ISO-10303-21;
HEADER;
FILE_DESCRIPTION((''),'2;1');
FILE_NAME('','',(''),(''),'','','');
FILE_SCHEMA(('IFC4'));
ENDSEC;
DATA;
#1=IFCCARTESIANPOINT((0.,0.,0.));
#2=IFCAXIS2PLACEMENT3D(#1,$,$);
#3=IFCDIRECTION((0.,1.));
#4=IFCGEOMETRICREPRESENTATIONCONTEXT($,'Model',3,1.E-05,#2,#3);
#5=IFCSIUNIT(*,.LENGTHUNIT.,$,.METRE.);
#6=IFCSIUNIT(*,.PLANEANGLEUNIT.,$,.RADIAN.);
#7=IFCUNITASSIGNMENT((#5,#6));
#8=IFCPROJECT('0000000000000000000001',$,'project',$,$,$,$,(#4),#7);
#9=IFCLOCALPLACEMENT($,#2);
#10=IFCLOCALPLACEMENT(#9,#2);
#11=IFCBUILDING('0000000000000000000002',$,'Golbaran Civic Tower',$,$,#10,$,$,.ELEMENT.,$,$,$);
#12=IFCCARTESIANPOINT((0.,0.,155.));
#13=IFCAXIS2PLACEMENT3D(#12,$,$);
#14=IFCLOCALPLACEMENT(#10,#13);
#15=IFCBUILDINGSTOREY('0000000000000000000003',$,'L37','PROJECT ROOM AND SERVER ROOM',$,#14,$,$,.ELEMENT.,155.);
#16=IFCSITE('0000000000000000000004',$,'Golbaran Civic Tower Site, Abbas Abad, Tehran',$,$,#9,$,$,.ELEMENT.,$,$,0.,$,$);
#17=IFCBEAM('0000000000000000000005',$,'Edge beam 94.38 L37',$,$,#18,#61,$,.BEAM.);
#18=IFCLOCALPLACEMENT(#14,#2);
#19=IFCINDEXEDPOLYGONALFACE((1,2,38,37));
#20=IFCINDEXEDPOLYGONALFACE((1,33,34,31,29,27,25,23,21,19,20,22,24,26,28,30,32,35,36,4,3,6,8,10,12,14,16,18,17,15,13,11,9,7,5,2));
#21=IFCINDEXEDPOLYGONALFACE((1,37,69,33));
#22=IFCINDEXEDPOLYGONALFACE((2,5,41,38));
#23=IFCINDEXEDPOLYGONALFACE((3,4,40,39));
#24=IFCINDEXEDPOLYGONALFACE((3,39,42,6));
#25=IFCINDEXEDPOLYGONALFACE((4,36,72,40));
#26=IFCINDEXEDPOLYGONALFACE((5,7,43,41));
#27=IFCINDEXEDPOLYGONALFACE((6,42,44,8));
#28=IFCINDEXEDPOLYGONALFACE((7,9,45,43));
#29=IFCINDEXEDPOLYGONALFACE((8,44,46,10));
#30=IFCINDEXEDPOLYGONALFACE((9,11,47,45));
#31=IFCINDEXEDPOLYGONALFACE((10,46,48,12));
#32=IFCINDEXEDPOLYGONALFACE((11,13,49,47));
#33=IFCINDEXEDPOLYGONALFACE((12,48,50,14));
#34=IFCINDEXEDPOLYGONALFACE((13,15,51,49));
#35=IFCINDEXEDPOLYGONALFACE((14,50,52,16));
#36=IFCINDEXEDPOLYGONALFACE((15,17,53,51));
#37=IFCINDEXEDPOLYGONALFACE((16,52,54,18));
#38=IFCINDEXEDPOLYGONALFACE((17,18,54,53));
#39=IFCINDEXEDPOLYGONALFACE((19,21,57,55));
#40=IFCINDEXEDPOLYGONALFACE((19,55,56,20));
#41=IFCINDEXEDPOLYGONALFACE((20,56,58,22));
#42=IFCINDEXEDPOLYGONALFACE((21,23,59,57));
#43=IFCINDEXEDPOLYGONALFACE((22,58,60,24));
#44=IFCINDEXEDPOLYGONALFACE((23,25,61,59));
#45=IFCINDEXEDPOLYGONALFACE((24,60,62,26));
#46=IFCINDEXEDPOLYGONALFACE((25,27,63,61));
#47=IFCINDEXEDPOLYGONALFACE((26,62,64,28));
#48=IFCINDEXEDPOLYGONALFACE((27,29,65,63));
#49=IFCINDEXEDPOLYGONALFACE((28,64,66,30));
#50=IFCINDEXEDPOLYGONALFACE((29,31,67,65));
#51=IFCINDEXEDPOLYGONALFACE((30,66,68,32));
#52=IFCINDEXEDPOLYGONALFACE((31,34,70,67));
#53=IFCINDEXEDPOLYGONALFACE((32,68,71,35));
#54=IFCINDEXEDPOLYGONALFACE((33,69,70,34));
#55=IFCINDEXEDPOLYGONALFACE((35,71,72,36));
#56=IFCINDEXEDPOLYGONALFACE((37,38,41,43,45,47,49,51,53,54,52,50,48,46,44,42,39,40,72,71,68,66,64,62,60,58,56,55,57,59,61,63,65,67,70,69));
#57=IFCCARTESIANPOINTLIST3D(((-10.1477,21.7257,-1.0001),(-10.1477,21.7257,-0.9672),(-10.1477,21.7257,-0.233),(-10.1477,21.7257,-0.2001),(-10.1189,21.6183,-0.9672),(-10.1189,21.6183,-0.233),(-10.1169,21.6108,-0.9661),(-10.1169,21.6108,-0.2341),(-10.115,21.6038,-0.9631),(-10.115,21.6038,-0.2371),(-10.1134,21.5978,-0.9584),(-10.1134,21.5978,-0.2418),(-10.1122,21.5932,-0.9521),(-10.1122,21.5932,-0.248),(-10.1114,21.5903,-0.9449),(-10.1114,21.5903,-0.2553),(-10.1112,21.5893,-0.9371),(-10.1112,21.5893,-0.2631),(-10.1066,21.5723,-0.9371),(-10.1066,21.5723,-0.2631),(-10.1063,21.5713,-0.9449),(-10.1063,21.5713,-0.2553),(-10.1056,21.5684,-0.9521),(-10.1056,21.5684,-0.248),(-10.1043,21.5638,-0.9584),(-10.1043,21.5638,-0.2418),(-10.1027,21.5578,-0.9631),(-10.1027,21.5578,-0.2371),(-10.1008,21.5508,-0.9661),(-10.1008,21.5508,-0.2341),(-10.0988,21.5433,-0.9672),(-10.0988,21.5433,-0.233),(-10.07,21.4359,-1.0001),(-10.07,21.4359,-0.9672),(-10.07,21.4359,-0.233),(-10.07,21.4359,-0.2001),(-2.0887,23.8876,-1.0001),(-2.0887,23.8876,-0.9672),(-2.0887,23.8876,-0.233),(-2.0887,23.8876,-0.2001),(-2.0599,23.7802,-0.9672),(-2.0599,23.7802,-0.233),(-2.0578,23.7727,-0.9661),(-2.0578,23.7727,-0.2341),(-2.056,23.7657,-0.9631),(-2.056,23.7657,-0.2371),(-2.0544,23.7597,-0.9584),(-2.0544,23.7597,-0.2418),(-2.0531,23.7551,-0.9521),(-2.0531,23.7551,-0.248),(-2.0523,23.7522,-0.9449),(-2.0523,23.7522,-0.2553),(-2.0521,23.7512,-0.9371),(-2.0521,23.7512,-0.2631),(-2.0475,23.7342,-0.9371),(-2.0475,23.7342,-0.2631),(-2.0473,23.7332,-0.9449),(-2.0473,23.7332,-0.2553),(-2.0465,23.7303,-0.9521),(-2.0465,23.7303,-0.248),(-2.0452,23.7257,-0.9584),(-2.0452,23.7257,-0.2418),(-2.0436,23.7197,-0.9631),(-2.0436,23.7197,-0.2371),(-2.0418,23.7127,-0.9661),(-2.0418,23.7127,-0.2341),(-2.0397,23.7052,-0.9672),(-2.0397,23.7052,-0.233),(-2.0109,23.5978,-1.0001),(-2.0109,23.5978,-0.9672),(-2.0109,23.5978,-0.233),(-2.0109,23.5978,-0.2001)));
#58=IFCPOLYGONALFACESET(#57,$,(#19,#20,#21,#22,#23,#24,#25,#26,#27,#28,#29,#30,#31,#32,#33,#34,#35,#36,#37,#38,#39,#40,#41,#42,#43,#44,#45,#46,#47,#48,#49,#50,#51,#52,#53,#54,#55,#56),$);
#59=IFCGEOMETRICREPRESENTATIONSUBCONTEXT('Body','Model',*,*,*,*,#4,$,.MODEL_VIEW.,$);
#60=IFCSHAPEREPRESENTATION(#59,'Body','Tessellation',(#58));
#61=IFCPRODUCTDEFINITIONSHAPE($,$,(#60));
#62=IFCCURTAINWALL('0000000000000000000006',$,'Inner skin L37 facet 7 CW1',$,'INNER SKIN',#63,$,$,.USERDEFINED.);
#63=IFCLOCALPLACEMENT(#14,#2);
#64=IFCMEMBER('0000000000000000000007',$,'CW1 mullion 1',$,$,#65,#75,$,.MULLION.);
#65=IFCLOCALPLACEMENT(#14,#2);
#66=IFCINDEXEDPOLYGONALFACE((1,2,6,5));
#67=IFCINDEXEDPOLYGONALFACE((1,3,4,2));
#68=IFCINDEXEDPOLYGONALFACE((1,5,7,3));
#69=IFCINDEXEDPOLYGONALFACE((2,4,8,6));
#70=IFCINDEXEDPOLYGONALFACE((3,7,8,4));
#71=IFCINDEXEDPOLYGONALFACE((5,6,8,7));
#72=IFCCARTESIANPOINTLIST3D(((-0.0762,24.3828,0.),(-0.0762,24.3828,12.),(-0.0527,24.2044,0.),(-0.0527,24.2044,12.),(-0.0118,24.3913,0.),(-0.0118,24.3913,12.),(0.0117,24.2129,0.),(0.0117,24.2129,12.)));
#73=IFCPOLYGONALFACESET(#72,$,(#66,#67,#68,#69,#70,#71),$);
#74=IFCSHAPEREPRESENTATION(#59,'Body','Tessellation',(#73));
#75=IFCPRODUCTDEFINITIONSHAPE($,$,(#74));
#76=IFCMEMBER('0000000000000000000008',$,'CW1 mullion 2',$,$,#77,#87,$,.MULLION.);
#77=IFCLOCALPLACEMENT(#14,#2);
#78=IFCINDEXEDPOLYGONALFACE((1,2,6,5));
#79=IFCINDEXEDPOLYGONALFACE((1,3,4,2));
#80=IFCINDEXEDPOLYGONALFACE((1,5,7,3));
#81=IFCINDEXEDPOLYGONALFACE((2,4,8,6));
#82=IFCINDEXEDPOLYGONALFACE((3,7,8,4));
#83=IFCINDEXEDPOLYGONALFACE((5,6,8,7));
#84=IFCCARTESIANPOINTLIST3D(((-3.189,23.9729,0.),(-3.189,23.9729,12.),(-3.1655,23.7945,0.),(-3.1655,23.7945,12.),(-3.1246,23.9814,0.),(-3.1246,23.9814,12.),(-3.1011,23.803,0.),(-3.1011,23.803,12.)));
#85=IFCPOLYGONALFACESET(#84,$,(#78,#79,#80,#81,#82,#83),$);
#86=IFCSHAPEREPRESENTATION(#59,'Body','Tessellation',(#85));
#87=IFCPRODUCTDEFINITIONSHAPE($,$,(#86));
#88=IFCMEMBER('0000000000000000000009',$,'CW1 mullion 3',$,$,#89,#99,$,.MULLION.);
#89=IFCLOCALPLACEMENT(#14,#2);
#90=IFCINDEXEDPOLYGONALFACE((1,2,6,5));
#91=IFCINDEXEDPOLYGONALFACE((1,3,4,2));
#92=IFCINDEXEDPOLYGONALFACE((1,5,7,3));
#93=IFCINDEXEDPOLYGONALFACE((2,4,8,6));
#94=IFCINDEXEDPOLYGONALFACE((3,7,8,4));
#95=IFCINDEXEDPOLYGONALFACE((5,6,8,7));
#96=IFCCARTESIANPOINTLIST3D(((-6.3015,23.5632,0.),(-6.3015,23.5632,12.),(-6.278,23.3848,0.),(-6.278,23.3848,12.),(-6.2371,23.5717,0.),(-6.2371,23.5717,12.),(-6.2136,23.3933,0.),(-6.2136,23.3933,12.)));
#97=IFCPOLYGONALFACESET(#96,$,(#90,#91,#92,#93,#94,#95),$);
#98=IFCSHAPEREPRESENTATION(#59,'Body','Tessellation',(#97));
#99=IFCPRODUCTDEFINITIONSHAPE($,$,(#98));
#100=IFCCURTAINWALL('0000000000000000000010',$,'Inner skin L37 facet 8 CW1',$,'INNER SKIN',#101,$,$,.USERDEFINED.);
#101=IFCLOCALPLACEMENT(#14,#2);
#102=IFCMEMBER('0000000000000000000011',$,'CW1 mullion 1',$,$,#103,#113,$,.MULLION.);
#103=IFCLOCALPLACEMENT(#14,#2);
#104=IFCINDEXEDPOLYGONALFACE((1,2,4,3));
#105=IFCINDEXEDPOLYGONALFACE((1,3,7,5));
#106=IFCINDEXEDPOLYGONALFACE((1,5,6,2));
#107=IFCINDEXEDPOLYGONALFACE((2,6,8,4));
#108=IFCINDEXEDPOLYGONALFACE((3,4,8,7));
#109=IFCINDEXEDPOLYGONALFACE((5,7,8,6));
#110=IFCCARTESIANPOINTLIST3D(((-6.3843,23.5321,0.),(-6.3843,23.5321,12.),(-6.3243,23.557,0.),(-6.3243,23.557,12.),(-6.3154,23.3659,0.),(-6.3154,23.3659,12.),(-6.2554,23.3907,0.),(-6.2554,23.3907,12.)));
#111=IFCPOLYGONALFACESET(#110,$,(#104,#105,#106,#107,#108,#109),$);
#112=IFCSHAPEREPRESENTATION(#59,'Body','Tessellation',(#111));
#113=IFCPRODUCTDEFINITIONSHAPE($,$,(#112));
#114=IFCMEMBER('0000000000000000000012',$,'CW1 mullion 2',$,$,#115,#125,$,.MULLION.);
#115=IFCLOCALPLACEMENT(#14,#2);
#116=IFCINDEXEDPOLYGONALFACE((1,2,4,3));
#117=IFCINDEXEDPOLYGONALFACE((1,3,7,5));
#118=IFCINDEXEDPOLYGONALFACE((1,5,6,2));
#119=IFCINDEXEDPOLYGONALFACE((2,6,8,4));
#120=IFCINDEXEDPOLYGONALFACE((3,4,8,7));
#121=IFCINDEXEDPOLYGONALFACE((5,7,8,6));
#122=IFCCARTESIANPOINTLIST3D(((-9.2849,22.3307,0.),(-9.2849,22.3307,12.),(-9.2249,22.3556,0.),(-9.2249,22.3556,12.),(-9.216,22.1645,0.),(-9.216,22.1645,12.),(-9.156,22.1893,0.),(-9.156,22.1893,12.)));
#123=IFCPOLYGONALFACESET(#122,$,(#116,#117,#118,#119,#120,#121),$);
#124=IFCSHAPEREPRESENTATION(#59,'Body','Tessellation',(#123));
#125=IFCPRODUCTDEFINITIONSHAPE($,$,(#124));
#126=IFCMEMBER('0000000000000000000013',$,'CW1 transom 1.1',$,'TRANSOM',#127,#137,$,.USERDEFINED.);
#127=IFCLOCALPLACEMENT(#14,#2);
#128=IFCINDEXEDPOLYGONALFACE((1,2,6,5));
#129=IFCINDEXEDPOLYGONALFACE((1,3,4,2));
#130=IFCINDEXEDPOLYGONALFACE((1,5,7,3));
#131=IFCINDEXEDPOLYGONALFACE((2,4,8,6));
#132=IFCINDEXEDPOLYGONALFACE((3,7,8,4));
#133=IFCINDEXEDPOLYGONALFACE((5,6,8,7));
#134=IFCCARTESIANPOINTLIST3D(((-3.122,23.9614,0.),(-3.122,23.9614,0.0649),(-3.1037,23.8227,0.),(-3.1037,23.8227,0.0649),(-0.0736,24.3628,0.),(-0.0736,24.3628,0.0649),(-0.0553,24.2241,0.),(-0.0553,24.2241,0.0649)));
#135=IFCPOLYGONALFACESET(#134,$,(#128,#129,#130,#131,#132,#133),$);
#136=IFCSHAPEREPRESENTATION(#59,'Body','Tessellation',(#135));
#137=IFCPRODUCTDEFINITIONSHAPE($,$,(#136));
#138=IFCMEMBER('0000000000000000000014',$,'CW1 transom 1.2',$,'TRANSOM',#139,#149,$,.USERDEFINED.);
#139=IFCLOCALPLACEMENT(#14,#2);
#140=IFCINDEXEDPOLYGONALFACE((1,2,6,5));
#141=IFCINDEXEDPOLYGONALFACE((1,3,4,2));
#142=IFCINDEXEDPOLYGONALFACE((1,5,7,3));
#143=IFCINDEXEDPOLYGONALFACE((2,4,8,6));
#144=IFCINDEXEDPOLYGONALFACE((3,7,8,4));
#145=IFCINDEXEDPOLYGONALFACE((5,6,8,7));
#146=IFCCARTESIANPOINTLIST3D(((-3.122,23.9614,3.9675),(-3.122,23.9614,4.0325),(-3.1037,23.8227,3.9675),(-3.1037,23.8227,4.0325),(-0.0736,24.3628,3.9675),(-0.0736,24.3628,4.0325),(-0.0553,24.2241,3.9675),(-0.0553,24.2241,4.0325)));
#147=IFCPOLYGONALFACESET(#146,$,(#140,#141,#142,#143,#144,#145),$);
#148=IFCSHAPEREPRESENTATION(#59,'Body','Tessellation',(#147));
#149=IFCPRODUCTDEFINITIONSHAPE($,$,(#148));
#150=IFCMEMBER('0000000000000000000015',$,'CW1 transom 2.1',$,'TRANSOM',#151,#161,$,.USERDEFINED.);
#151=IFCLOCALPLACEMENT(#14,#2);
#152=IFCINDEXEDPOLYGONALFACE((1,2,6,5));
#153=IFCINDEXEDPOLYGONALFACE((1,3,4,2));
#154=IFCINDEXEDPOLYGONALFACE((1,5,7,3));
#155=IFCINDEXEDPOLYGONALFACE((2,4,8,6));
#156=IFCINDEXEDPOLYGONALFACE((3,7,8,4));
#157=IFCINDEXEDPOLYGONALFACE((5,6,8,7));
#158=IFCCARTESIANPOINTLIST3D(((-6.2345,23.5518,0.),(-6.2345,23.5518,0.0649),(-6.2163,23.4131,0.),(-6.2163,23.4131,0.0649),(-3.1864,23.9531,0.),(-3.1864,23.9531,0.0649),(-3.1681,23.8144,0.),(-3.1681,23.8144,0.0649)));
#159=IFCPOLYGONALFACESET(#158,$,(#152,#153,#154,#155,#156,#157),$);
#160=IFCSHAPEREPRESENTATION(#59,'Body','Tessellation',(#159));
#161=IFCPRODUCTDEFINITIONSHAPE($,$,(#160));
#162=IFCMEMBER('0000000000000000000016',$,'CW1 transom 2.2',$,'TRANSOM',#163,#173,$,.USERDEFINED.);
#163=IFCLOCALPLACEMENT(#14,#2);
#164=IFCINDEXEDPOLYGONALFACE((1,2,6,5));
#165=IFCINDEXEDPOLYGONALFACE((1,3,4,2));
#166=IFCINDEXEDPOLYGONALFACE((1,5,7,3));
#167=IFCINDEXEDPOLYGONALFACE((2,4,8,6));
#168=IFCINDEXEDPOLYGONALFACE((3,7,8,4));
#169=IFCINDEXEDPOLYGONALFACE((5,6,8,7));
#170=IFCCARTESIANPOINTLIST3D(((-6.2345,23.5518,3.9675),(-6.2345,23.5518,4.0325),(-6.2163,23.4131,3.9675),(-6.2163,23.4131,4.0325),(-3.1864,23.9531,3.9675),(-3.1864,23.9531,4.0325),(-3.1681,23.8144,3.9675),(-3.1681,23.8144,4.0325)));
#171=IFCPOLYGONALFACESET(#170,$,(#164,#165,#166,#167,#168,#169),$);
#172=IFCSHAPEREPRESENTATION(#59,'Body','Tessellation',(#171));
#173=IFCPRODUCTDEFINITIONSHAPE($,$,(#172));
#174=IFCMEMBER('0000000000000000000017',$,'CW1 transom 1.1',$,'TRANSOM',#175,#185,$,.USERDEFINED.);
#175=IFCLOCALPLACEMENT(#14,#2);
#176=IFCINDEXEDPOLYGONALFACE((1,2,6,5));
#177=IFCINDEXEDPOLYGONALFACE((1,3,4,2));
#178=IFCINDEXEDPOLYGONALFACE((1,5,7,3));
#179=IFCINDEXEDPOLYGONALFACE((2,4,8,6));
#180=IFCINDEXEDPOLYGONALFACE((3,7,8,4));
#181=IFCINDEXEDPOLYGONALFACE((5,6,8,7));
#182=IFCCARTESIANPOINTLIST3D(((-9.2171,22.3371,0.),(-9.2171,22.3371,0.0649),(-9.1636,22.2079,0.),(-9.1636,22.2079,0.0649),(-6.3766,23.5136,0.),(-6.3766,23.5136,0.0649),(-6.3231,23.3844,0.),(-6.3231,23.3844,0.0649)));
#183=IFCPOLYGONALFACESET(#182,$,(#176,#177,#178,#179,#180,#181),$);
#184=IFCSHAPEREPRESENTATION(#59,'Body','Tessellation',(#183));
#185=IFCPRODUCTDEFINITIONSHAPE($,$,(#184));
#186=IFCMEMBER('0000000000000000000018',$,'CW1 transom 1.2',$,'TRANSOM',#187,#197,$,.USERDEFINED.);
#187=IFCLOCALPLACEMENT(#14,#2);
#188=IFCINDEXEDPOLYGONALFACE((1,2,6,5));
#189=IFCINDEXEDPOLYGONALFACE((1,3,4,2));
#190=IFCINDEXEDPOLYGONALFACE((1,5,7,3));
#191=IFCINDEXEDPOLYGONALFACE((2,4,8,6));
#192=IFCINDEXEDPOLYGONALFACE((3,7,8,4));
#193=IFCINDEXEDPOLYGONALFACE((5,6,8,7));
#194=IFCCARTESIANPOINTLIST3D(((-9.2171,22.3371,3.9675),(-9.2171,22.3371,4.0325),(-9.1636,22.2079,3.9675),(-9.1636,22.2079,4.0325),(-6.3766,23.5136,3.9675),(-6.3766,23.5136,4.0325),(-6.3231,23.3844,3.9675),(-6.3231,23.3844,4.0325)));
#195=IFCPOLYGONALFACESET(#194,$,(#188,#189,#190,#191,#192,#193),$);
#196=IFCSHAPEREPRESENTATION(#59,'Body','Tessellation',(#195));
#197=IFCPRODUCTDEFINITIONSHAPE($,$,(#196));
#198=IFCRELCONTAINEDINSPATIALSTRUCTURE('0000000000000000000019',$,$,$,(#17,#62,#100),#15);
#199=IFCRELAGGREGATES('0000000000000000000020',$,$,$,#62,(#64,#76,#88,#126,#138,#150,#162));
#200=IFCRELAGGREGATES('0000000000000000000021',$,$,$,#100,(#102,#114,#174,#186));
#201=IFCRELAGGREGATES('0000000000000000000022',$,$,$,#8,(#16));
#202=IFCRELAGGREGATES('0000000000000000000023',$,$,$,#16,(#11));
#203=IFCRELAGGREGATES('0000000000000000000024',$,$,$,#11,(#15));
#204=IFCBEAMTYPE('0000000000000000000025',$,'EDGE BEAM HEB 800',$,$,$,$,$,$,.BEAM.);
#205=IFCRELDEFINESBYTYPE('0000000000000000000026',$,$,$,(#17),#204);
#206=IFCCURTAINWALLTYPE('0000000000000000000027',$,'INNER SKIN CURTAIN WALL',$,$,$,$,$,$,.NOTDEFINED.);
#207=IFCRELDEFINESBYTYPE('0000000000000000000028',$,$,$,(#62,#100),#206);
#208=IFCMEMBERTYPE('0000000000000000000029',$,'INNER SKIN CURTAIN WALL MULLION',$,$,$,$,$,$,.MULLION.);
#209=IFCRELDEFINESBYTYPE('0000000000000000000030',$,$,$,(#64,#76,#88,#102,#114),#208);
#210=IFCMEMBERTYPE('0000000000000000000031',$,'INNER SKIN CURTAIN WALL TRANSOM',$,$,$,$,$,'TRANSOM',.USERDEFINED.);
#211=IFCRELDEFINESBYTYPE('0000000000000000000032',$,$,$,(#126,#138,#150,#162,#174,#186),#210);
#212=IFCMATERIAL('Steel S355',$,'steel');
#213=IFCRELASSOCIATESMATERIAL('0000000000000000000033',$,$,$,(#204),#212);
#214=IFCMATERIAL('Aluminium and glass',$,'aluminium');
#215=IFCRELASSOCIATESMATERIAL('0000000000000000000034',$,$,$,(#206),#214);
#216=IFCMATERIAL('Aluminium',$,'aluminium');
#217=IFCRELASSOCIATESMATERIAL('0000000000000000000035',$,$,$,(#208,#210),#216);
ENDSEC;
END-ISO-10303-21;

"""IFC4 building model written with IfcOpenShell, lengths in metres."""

from ifc_helpers import new_model, si_unit, direction, frame, origin, origin_2d, place, context, subcontext, project, spatial, rectangle, i_section, extrude, material, material_profile, profile_set, type_object, element, aggregate, save


model = new_model("IFC4")

# Units and contexts
model_context = context("Model", 3, precision=1e-05, world=origin(), true_north=direction((0.0, 1.0)))
body_context = subcontext(model_context, "Body", "Model", "MODEL_VIEW")
ifc_project = project(units=[si_unit("LENGTHUNIT", "METRE"), si_unit("PLANEANGLEUNIT", "RADIAN")], contexts=[model_context])

# Site, building, storey
site_placement = place(None, origin())
site = spatial("IfcSite", under=ifc_project, at=site_placement, Name="Golbaran Civic Tower Site, Abbas Abad, Tehran", CompositionType="ELEMENT", RefElevation=0.0)
building_placement = place(site_placement, origin())
building = spatial("IfcBuilding", under=site, at=building_placement, Name="Golbaran Civic Tower", CompositionType="ELEMENT")
storey_placement = place(building_placement, frame((0.0, 0.0, 155.0)))
storey = spatial("IfcBuildingStorey", under=building, at=storey_placement, Name="L37", Description="PROJECT ROOM AND SERVER ROOM", CompositionType="ELEMENT", Elevation=155.0)

# Beam
ifc_material_1 = material(Name="Steel S355", Category="steel")
ifc_material_profile_1 = material_profile(ifc_material_1, i_section(OverallWidth=0.3, OverallDepth=0.8, WebThickness=0.0176, FlangeThickness=0.033, FilletRadius=0.03, at=origin_2d()), Name="HEB 800")
ifc_profile_set_1 = profile_set([ifc_material_profile_1], Name="Steel S355")
beam_type = type_object("IfcBeamType", Name="EDGE BEAM HEB 800", PredefinedType="BEAM", material=ifc_profile_set_1)
beam_placement = place(storey_placement, frame((-2.0498, 23.7427, -0.6001), z_axis=(-0.965853, -0.259092, 0.0), x_axis=(0.259092, -0.965853, 0.0)))
element("IfcBeam", 1, at=beam_placement, inside=storey, type_object=beam_type, Name="Edge beam 94.38 L37", PredefinedType="BEAM", context=body_context, shape_type="SweptSolid", body=[
    extrude(i_section(OverallWidth=0.3, OverallDepth=0.8, WebThickness=0.0176, FlangeThickness=0.033, FilletRadius=0.03, at=origin_2d()), origin(), (0.0, 0.0, 1.0), 8.344),
])

# Curtain walls, members
ifc_material_2 = material(Name="Aluminium and glass", Category="aluminium")
curtain_wall_type = type_object("IfcCurtainWallType", Name="INNER SKIN CURTAIN WALL", PredefinedType="NOTDEFINED", material=ifc_material_2)
curtain_wall_1_placement = place(storey_placement, origin())
curtain_wall_1 = element("IfcCurtainWall", 2, at=curtain_wall_1_placement, inside=storey, type_object=curtain_wall_type, Name="Inner skin L37 facet 7 CW1", ObjectType="INNER SKIN", PredefinedType="USERDEFINED")
ifc_material_3 = material(Name="Aluminium", Category="aluminium")
ifc_material_profile_2 = material_profile(ifc_material_3, rectangle(XDim=0.1799, YDim=0.0649, at=origin_2d()), Name="INNER SKIN CURTAIN WALL MULLION")
ifc_profile_set_2 = profile_set([ifc_material_profile_2], Name="Aluminium")
member_type_1 = type_object("IfcMemberType", Name="INNER SKIN CURTAIN WALL MULLION", PredefinedType="MULLION", material=ifc_profile_set_2)
member_1_placement = place(storey_placement, frame((-0.0322, 24.2979, 0.0), z_axis=(0.0, 0.0, 1.0), x_axis=(0.130526, -0.991445, 0.0)))
member_1 = element("IfcMember", 3, at=member_1_placement, type_object=member_type_1, Name="CW1 mullion 1", PredefinedType="MULLION", context=body_context, shape_type="SweptSolid", body=[
    extrude(rectangle(XDim=0.1799, YDim=0.0649, at=origin_2d()), origin(), (0.0, 0.0, 1.0), 12.0),
])
member_2_placement = place(storey_placement, frame((-3.145, 23.8879, 0.0), z_axis=(0.0, 0.0, 1.0), x_axis=(0.130526, -0.991445, 0.0)))
member_2 = element("IfcMember", 4, at=member_2_placement, type_object=member_type_1, Name="CW1 mullion 2", PredefinedType="MULLION", context=body_context, shape_type="SweptSolid", body=[
    extrude(rectangle(XDim=0.1799, YDim=0.0649, at=origin_2d()), origin(), (0.0, 0.0, 1.0), 12.0),
])
member_3_placement = place(storey_placement, frame((-6.2576, 23.4783, 0.0), z_axis=(0.0, 0.0, 1.0), x_axis=(0.130526, -0.991445, 0.0)))
member_3 = element("IfcMember", 5, at=member_3_placement, type_object=member_type_1, Name="CW1 mullion 3", PredefinedType="MULLION", context=body_context, shape_type="SweptSolid", body=[
    extrude(rectangle(XDim=0.1799, YDim=0.0649, at=origin_2d()), origin(), (0.0, 0.0, 1.0), 12.0),
])
curtain_wall_2_placement = place(storey_placement, origin())
curtain_wall_2 = element("IfcCurtainWall", 6, at=curtain_wall_2_placement, inside=storey, type_object=curtain_wall_type, Name="Inner skin L37 facet 8 CW1", ObjectType="INNER SKIN", PredefinedType="USERDEFINED")
member_4_placement = place(storey_placement, frame((-6.3198, 23.4614, 0.0), z_axis=(0.0, 0.0, 1.0), x_axis=(0.382683, -0.92388, 0.0)))
member_4 = element("IfcMember", 7, at=member_4_placement, type_object=member_type_1, Name="CW1 mullion 1", PredefinedType="MULLION", context=body_context, shape_type="SweptSolid", body=[
    extrude(rectangle(XDim=0.1799, YDim=0.0649, at=origin_2d()), origin(), (0.0, 0.0, 1.0), 12.0),
])
member_5_placement = place(storey_placement, frame((-9.2205, 22.26, 0.0), z_axis=(0.0, 0.0, 1.0), x_axis=(0.382683, -0.92388, 0.0)))
member_5 = element("IfcMember", 8, at=member_5_placement, type_object=member_type_1, Name="CW1 mullion 2", PredefinedType="MULLION", context=body_context, shape_type="SweptSolid", body=[
    extrude(rectangle(XDim=0.1799, YDim=0.0649, at=origin_2d()), origin(), (0.0, 0.0, 1.0), 12.0),
])

# Members
ifc_material_profile_3 = material_profile(ifc_material_3, rectangle(XDim=0.1399, YDim=0.0649, at=origin_2d()), Name="INNER SKIN CURTAIN WALL TRANSOM")
ifc_profile_set_3 = profile_set([ifc_material_profile_3], Name="Aluminium")
member_type_2 = type_object("IfcMemberType", Name="INNER SKIN CURTAIN WALL TRANSOM", ElementType="TRANSOM", PredefinedType="USERDEFINED", material=ifc_profile_set_3)
member_6_placement = place(storey_placement, frame((-0.0645, 24.2935, 0.0325), z_axis=(-0.991443, -0.130541, 0.0), x_axis=(0.130541, -0.991443, 0.0)))
member_6 = element("IfcMember", 9, at=member_6_placement, type_object=member_type_2, Name="CW1 transom 1.1", ObjectType="TRANSOM", PredefinedType="USERDEFINED", context=body_context, shape_type="SweptSolid", body=[
    extrude(rectangle(XDim=0.1399, YDim=0.0649, at=origin_2d()), origin(), (0.0, 0.0, 1.0), 3.0747),
])
member_7_placement = place(storey_placement, frame((-0.0645, 24.2935, 4.0), z_axis=(-0.991443, -0.130541, 0.0), x_axis=(0.130541, -0.991443, 0.0)))
member_7 = element("IfcMember", 10, at=member_7_placement, type_object=member_type_2, Name="CW1 transom 1.2", ObjectType="TRANSOM", PredefinedType="USERDEFINED", context=body_context, shape_type="SweptSolid", body=[
    extrude(rectangle(XDim=0.1399, YDim=0.0649, at=origin_2d()), origin(), (0.0, 0.0, 1.0), 3.0747),
])
member_8_placement = place(storey_placement, frame((-3.1772, 23.8838, 0.0325), z_axis=(-0.991442, -0.130551, 0.0), x_axis=(0.130551, -0.991442, 0.0)))
member_8 = element("IfcMember", 11, at=member_8_placement, type_object=member_type_2, Name="CW1 transom 2.1", ObjectType="TRANSOM", PredefinedType="USERDEFINED", context=body_context, shape_type="SweptSolid", body=[
    extrude(rectangle(XDim=0.1399, YDim=0.0649, at=origin_2d()), origin(), (0.0, 0.0, 1.0), 3.0745),
])
member_9_placement = place(storey_placement, frame((-3.1772, 23.8838, 4.0), z_axis=(-0.991442, -0.130551, 0.0), x_axis=(0.130551, -0.991442, 0.0)))
member_9 = element("IfcMember", 12, at=member_9_placement, type_object=member_type_2, Name="CW1 transom 2.2", ObjectType="TRANSOM", PredefinedType="USERDEFINED", context=body_context, shape_type="SweptSolid", body=[
    extrude(rectangle(XDim=0.1399, YDim=0.0649, at=origin_2d()), origin(), (0.0, 0.0, 1.0), 3.0745),
])
member_10_placement = place(storey_placement, frame((-6.3499, 23.449, 0.0325), z_axis=(-0.92389, -0.382658, 0.0), x_axis=(0.382658, -0.92389, 0.0)))
member_10 = element("IfcMember", 13, at=member_10_placement, type_object=member_type_2, Name="CW1 transom 1.1", ObjectType="TRANSOM", PredefinedType="USERDEFINED", context=body_context, shape_type="SweptSolid", body=[
    extrude(rectangle(XDim=0.1399, YDim=0.0649, at=origin_2d()), origin(), (0.0, 0.0, 1.0), 3.0745),
])
member_11_placement = place(storey_placement, frame((-6.3499, 23.449, 4.0), z_axis=(-0.92389, -0.382658, 0.0), x_axis=(0.382658, -0.92389, 0.0)))
member_11 = element("IfcMember", 14, at=member_11_placement, type_object=member_type_2, Name="CW1 transom 1.2", ObjectType="TRANSOM", PredefinedType="USERDEFINED", context=body_context, shape_type="SweptSolid", body=[
    extrude(rectangle(XDim=0.1399, YDim=0.0649, at=origin_2d()), origin(), (0.0, 0.0, 1.0), 3.0745),
])

aggregate(curtain_wall_1, [member_1, member_2, member_3, member_6, member_7, member_8, member_9])
aggregate(curtain_wall_2, [member_4, member_5, member_10, member_11])

save(model, "model.ifc")
